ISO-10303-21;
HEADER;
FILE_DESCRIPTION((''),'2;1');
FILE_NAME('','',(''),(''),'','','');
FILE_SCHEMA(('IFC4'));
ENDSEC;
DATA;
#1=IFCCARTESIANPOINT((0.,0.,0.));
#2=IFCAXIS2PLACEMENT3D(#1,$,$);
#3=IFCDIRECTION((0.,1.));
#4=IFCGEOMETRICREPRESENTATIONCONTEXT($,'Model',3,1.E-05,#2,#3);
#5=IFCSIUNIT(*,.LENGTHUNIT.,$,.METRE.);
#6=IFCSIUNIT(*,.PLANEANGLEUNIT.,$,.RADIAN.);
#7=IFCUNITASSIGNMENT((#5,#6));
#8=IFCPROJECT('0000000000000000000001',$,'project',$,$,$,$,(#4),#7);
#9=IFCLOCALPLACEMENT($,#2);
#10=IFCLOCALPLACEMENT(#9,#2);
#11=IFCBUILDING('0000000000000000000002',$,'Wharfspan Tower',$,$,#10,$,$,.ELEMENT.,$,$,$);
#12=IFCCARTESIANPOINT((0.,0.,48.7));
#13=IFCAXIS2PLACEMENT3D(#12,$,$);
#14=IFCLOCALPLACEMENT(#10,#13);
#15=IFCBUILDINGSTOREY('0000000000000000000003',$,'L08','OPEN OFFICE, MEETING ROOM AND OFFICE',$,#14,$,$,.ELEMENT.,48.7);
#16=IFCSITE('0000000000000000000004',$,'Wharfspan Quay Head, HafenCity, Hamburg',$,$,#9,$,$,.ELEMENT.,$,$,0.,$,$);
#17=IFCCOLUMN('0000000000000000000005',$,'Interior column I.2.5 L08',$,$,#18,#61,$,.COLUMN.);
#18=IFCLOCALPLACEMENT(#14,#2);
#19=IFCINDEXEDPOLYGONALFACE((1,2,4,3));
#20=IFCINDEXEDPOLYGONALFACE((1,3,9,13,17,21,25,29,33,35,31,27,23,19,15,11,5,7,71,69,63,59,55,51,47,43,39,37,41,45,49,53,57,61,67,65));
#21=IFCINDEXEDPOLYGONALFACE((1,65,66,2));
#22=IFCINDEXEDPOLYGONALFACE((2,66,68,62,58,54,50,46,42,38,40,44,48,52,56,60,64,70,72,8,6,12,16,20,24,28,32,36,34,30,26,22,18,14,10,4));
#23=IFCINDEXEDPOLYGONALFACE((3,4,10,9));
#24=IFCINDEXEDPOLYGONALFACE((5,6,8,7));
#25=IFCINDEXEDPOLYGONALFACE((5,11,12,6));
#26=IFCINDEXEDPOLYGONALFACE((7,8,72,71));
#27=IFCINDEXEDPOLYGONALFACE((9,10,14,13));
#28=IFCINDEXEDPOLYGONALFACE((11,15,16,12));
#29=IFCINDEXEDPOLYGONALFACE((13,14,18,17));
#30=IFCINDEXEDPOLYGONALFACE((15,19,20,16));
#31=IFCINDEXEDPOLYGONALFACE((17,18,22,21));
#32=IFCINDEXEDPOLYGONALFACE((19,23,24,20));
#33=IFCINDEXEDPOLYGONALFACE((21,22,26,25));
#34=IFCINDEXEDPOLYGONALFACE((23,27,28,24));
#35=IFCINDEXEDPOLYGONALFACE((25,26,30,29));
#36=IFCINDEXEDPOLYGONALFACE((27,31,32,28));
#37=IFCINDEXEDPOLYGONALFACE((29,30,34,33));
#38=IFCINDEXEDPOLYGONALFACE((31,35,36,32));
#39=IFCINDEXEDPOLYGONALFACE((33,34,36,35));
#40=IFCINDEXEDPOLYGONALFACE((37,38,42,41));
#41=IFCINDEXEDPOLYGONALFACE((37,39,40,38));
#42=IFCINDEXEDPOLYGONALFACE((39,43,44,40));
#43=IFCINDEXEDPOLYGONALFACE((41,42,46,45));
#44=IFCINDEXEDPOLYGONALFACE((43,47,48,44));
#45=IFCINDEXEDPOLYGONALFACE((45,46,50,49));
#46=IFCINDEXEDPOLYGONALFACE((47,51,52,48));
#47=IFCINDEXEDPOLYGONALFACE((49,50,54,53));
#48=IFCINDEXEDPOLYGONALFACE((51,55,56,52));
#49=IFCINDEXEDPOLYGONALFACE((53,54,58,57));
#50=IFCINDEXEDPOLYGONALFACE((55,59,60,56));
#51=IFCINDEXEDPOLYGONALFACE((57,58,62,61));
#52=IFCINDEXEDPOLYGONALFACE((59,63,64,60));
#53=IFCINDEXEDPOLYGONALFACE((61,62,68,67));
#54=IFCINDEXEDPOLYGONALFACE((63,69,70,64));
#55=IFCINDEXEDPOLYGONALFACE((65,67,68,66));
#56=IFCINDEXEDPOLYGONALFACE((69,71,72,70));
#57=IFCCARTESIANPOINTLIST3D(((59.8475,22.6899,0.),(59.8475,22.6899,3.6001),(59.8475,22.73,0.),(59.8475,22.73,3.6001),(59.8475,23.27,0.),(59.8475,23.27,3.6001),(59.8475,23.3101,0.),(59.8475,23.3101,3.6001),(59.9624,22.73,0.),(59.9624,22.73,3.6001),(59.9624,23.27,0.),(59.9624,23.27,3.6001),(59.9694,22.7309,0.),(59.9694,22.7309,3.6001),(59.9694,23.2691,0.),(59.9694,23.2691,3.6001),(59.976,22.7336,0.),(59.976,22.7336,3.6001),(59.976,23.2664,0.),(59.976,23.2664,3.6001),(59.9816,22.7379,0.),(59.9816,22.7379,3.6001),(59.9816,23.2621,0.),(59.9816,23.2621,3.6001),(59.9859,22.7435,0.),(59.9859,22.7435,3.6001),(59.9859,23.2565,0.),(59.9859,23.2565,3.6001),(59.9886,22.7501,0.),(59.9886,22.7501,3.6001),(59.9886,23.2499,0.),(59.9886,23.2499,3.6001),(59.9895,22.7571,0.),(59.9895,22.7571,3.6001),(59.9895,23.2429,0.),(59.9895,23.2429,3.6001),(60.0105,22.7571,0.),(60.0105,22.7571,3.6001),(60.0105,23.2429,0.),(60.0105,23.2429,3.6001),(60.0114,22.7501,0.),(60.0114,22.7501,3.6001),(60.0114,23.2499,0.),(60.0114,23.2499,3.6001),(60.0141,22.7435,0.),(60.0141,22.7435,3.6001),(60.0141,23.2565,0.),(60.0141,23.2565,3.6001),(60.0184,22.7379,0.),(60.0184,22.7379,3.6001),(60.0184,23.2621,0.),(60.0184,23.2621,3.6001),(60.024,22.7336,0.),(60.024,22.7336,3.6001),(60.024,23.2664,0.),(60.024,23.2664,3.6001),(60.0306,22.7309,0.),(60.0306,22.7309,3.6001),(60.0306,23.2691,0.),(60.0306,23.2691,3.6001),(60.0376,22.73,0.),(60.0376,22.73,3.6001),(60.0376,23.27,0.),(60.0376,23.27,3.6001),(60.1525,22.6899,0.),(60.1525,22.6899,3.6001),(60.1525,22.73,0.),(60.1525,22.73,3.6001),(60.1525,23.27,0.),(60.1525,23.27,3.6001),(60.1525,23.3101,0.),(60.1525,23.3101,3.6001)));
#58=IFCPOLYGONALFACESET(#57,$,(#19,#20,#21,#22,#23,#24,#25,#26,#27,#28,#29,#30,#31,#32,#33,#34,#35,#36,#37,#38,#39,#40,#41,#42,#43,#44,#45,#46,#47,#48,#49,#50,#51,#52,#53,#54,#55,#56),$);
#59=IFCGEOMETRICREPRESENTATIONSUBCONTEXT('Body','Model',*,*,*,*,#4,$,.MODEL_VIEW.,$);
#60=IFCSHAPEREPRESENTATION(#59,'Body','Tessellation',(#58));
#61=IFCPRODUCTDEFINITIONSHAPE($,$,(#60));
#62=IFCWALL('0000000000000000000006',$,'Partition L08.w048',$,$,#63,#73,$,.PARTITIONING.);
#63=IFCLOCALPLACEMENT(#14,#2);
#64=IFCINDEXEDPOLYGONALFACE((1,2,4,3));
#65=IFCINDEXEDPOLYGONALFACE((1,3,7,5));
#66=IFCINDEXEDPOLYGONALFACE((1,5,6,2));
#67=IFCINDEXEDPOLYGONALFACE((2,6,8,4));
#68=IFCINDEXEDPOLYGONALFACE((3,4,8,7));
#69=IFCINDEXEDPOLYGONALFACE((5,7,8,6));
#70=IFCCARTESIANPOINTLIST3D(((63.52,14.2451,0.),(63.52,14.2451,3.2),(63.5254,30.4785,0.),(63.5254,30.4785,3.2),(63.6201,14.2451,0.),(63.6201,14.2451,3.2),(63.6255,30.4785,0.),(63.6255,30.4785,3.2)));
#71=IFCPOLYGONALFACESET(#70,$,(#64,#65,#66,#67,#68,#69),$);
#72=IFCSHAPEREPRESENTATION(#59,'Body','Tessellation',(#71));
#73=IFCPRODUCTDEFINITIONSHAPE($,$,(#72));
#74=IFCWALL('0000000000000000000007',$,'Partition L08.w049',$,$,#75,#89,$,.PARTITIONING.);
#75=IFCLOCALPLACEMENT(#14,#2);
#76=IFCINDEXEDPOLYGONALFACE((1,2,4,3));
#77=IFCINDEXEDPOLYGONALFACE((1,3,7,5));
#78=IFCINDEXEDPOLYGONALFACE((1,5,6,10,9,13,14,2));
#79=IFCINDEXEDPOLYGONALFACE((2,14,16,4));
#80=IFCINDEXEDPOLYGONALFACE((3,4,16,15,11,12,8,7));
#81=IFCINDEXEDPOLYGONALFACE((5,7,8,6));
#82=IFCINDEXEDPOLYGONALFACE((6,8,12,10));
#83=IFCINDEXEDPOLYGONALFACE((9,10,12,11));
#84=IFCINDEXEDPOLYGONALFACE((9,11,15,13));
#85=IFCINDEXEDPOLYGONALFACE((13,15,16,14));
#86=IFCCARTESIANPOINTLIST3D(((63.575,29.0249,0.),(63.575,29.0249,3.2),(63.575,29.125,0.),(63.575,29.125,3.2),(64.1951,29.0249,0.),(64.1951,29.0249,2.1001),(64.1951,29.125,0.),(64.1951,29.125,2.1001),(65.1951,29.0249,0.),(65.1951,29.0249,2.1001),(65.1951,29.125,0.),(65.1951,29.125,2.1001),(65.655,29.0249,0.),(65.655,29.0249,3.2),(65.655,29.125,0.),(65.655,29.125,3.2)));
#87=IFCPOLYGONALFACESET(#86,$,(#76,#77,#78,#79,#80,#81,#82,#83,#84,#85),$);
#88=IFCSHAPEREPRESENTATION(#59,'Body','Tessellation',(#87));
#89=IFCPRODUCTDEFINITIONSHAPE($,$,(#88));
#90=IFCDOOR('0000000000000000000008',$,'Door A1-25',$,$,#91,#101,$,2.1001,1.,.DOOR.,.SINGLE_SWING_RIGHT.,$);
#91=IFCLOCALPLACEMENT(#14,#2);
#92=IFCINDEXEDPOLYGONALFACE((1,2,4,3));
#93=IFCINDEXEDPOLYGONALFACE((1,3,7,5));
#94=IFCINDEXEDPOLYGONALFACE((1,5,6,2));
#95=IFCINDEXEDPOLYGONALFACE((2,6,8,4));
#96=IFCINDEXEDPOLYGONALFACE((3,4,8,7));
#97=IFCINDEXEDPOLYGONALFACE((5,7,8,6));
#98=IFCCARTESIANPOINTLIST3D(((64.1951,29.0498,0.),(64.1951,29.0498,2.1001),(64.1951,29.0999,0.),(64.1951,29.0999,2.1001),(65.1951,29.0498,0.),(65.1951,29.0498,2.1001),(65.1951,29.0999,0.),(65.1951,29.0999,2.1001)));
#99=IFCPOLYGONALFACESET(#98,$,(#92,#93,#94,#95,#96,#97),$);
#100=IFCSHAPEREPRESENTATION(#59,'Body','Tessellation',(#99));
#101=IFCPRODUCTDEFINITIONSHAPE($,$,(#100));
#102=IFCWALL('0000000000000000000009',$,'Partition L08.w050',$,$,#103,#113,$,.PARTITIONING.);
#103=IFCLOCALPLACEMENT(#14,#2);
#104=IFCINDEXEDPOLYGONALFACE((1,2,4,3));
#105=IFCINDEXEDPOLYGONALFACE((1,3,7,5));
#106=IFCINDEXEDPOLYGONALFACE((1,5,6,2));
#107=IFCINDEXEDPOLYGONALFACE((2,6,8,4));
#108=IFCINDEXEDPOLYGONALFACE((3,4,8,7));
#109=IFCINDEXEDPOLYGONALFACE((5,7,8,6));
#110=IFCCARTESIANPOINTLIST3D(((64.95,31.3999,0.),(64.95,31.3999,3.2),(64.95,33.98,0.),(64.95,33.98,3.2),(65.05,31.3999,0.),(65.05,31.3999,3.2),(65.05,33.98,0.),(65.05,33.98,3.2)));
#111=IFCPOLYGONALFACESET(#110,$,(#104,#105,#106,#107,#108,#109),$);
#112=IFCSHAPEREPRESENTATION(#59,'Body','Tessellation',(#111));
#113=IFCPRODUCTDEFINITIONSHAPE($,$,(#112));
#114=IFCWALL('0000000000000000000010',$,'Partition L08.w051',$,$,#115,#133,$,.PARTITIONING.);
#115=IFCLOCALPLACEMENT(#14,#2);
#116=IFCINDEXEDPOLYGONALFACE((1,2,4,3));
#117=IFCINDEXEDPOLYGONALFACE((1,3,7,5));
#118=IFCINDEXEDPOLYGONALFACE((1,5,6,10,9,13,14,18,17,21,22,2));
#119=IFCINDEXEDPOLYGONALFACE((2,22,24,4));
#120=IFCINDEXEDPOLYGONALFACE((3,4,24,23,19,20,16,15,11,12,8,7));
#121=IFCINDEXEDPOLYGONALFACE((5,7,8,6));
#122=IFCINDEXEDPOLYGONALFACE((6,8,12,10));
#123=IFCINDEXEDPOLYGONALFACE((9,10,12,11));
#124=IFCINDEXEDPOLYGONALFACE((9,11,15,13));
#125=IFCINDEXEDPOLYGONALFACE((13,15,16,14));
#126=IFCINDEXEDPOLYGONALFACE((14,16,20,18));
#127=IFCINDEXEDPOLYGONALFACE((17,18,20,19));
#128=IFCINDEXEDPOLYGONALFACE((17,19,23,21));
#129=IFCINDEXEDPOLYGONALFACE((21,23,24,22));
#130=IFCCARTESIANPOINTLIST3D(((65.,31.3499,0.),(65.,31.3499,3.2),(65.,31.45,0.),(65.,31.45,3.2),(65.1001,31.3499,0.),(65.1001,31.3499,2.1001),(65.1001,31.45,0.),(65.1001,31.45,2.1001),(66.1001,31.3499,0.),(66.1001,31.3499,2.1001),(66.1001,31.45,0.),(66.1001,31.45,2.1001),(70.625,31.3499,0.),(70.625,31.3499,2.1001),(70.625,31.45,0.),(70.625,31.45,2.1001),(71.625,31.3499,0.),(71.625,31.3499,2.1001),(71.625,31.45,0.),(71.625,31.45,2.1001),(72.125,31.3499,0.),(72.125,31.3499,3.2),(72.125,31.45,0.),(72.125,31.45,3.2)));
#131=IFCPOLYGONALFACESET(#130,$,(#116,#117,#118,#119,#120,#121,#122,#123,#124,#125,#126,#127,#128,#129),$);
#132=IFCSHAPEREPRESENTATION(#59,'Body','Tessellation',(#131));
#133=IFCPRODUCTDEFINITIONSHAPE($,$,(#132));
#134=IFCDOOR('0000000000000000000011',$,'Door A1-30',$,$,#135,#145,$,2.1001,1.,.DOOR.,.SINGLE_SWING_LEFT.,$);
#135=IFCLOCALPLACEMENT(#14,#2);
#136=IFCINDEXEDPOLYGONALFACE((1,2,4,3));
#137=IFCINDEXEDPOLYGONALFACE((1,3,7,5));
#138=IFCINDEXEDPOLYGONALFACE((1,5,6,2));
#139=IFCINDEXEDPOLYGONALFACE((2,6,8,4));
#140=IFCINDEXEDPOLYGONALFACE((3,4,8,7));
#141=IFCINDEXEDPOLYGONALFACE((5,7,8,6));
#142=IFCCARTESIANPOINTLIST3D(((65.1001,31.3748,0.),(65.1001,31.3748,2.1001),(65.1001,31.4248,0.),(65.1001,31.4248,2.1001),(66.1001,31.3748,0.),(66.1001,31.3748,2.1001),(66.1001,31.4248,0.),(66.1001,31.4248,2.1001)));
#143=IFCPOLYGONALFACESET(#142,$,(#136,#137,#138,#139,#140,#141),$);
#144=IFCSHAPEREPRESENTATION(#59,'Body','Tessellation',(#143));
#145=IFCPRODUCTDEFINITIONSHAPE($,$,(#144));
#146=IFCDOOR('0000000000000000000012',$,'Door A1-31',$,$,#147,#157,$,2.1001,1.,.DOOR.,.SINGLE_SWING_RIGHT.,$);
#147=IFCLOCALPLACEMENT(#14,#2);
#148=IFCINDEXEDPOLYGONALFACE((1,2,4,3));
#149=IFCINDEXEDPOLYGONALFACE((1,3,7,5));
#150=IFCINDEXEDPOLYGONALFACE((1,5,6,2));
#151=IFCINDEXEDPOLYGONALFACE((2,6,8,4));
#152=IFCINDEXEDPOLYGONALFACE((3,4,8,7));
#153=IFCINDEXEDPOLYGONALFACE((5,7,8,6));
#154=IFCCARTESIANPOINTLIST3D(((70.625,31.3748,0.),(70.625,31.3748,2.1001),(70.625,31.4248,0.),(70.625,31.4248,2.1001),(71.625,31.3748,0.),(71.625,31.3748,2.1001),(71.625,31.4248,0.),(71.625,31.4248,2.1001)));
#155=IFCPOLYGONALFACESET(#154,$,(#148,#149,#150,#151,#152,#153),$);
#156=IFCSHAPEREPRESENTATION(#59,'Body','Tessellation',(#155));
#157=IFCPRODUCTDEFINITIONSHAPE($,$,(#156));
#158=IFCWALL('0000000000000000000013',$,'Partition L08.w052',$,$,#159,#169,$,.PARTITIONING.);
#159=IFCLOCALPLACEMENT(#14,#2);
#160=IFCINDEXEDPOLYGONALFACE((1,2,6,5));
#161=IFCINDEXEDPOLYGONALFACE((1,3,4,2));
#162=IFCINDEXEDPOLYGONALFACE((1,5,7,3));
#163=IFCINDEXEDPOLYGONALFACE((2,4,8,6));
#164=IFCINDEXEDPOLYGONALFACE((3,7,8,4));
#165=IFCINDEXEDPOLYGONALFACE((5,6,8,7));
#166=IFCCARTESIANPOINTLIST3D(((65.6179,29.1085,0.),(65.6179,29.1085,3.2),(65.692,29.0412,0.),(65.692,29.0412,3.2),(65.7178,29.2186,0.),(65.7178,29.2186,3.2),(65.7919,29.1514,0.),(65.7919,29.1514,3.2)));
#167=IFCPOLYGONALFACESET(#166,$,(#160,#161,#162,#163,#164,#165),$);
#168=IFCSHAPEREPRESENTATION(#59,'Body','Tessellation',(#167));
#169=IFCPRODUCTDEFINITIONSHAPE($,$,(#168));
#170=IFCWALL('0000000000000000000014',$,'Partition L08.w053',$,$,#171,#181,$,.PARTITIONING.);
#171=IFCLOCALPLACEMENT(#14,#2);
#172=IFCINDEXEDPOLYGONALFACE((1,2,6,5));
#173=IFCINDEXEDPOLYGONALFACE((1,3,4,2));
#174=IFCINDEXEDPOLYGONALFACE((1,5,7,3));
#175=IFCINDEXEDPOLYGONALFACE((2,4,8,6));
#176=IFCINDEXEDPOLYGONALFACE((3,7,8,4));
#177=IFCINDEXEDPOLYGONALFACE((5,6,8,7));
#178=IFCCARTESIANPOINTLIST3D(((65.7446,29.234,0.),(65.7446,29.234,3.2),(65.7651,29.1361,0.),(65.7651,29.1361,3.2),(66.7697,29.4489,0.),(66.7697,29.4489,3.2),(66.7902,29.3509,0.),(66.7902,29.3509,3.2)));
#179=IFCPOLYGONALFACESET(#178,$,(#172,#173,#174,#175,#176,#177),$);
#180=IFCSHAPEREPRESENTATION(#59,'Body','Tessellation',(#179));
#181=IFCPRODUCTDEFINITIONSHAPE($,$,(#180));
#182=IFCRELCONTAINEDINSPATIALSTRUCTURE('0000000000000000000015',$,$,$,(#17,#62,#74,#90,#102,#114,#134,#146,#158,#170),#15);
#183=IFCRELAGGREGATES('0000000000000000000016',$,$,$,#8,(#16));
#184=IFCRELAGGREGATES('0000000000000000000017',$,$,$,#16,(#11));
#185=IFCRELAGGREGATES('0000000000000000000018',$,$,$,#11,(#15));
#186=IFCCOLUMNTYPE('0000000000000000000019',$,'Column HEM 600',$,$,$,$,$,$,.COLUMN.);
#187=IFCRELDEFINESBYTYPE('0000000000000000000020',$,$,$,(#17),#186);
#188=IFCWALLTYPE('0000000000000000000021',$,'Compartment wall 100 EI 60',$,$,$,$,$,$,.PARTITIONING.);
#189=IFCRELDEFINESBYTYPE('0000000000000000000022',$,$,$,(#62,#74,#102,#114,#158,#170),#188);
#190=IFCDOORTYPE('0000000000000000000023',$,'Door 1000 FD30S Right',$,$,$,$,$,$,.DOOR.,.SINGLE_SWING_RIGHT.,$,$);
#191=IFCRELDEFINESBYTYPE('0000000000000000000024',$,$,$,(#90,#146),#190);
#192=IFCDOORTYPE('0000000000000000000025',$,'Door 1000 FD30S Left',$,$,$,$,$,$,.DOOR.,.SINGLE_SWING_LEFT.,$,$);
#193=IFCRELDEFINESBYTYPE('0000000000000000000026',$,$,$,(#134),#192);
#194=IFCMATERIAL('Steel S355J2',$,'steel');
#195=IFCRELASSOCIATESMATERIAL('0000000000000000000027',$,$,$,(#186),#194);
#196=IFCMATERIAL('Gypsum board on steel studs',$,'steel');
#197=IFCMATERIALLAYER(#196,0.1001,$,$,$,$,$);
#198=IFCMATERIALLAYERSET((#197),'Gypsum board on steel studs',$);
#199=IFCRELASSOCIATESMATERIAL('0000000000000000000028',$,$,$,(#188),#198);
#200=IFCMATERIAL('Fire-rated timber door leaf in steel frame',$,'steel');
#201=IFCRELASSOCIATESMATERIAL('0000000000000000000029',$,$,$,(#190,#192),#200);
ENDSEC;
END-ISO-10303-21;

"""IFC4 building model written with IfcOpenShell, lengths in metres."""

from ifc_helpers import new_model, si_unit, direction, frame, frame_2d, origin, origin_2d, place, context, subcontext, project, spatial, rectangle, i_section, extrude, material, layer, layer_set, material_profile, profile_set, type_object, element, fill, save


model = new_model("IFC4")

# Units and contexts
model_context = context("Model", 3, precision=1e-05, world=origin(), true_north=direction((0.0, 1.0)))
body_context = subcontext(model_context, "Body", "Model", "MODEL_VIEW")
ifc_project = project(units=[si_unit("LENGTHUNIT", "METRE"), si_unit("PLANEANGLEUNIT", "RADIAN")], contexts=[model_context])

# Site, building, storey
site_placement = place(None, origin())
site = spatial("IfcSite", under=ifc_project, at=site_placement, Name="Wharfspan Quay Head, HafenCity, Hamburg", CompositionType="ELEMENT", RefElevation=0.0)
building_placement = place(site_placement, origin())
building = spatial("IfcBuilding", under=site, at=building_placement, Name="Wharfspan Tower", CompositionType="ELEMENT")
storey_placement = place(building_placement, frame((0.0, 0.0, 48.7)))
storey = spatial("IfcBuildingStorey", under=building, at=storey_placement, Name="L08", Description="OPEN OFFICE, MEETING ROOM AND OFFICE", CompositionType="ELEMENT", Elevation=48.7)

# Column
ifc_material_1 = material(Name="Steel S355J2", Category="steel")
ifc_material_profile = material_profile(ifc_material_1, i_section(OverallWidth=0.3049, OverallDepth=0.6201, WebThickness=0.021, FlangeThickness=0.04, FilletRadius=0.0271, at=origin_2d()))
ifc_profile_set = profile_set([ifc_material_profile], Name="Steel S355J2")
column_type = type_object("IfcColumnType", Name="Column HEM 600", PredefinedType="COLUMN", material=ifc_profile_set)
column_placement = place(storey_placement, frame((60.0, 23.0, 0.0), z_axis=(0.0, 0.0, 1.0), x_axis=(1.0, 0.0, 0.0)))
element("IfcColumn", 1, at=column_placement, inside=storey, type_object=column_type, Name="Interior column I.2.5 L08", PredefinedType="COLUMN", context=body_context, shape_type="SweptSolid", body=[
    extrude(i_section(OverallWidth=0.3049, OverallDepth=0.6201, WebThickness=0.021, FlangeThickness=0.04, FilletRadius=0.0271, at=origin_2d()), origin(), (0.0, 0.0, 1.0), 3.6001),
])

# Wall
ifc_material_2 = material(Name="Gypsum board on steel studs", Category="steel")
ifc_layer_1 = layer(ifc_material_2, 0.1001)
ifc_layer_set_1 = layer_set([ifc_layer_1], Name="Gypsum board on steel studs")
wall_type_1 = type_object("IfcWallType", Name="Compartment wall 100 EI 60", PredefinedType="PARTITIONING", material=ifc_layer_set_1)
wall_1_placement = place(storey_placement, frame((63.5701, 14.2451, 0.0), z_axis=(0.0, 0.0, 1.0), x_axis=(0.000331, 1.000002, 0.0)))
element("IfcWall", 2, at=wall_1_placement, inside=storey, type_object=wall_type_1, Name="Partition L08.w048", PredefinedType="PARTITIONING", context=body_context, shape_type="SweptSolid", body=[
    extrude(rectangle(XDim=16.2334, YDim=0.1001, at=frame_2d((8.1167, 0.0))), origin(), (0.0, 0.0, 1.0), 3.2),
])

# Wall, opening, door
wall_2_placement = place(storey_placement, frame((63.575, 29.075, 0.0), z_axis=(0.0, 0.0, 1.0), x_axis=(1.0, 0.0, 0.0)))
wall_2 = element("IfcWall", 3, at=wall_2_placement, inside=storey, type_object=wall_type_1, Name="Partition L08.w049", PredefinedType="PARTITIONING", context=body_context, shape_type="SweptSolid", body=[
    extrude(rectangle(XDim=2.0801, YDim=0.1001, at=frame_2d((1.04, 0.0))), origin(), (0.0, 0.0, 1.0), 3.2),
])
opening_1_placement = place(wall_2_placement, frame((0.6201, 0.0, 0.0)))
opening_1 = element("IfcOpeningElement", 4, at=opening_1_placement, cuts=wall_2, PredefinedType="OPENING", context=body_context, shape_type="SweptSolid", body=[
    extrude(rectangle(XDim=1.0, YDim=2.1001, at=frame_2d((0.5, 1.05))), frame((0.0, 0.0601, 0.0), z_axis=(0.0, -1.0, 0.0), x_axis=(1.0, 0.0, 0.0)), (0.0, 0.0, 1.0), 0.1201),
])
ifc_material_3 = material(Name="Fire-rated timber door leaf in steel frame", Category="steel")
door_type_1 = type_object("IfcDoorType", Name="Door 1000 FD30S Right", OperationType="SINGLE_SWING_RIGHT", PredefinedType="DOOR", material=ifc_material_3)
door_1_placement = place(opening_1_placement, origin())
door_1 = element("IfcDoor", 5, at=door_1_placement, inside=storey, type_object=door_type_1, Name="Door A1-25", OperationType="SINGLE_SWING_RIGHT", OverallHeight=2.1001, OverallWidth=1.0, PredefinedType="DOOR", context=body_context, shape_type="SweptSolid", body=[
    extrude(rectangle(XDim=1.0, YDim=2.1001, at=frame_2d((0.5, 1.05))), frame((0.0, 0.0249, 0.0), z_axis=(0.0, -1.0, 0.0), x_axis=(1.0, 0.0, 0.0)), (0.0, 0.0, 1.0), 0.05),
])
fill(opening_1, door_1)

# Wall
wall_3_placement = place(storey_placement, frame((65.0, 31.3999, 0.0), z_axis=(0.0, 0.0, 1.0), x_axis=(0.0, 1.0, 0.0)))
element("IfcWall", 6, at=wall_3_placement, inside=storey, type_object=wall_type_1, Name="Partition L08.w050", PredefinedType="PARTITIONING", context=body_context, shape_type="SweptSolid", body=[
    extrude(rectangle(XDim=2.5801, YDim=0.1001, at=frame_2d((1.29, 0.0))), origin(), (0.0, 0.0, 1.0), 3.2),
])

# Wall, openings, doors
wall_4_placement = place(storey_placement, frame((65.0, 31.3999, 0.0), z_axis=(0.0, 0.0, 1.0), x_axis=(1.0, 0.0, 0.0)))
wall_4 = element("IfcWall", 7, at=wall_4_placement, inside=storey, type_object=wall_type_1, Name="Partition L08.w051", PredefinedType="PARTITIONING", context=body_context, shape_type="SweptSolid", body=[
    extrude(rectangle(XDim=7.125, YDim=0.1001, at=frame_2d((3.5625, 0.0))), origin(), (0.0, 0.0, 1.0), 3.2),
])
opening_2_placement = place(wall_4_placement, frame((0.1001, 0.0, 0.0)))
opening_2 = element("IfcOpeningElement", 8, at=opening_2_placement, cuts=wall_4, PredefinedType="OPENING", context=body_context, shape_type="SweptSolid", body=[
    extrude(rectangle(XDim=1.0, YDim=2.1001, at=frame_2d((0.5, 1.05))), frame((0.0, 0.0601, 0.0), z_axis=(0.0, -1.0, 0.0), x_axis=(1.0, 0.0, 0.0)), (0.0, 0.0, 1.0), 0.1201),
])
opening_3_placement = place(wall_4_placement, frame((5.625, 0.0, 0.0)))
opening_3 = element("IfcOpeningElement", 9, at=opening_3_placement, cuts=wall_4, PredefinedType="OPENING", context=body_context, shape_type="SweptSolid", body=[
    extrude(rectangle(XDim=1.0, YDim=2.1001, at=frame_2d((0.5, 1.05))), frame((0.0, 0.0601, 0.0), z_axis=(0.0, -1.0, 0.0), x_axis=(1.0, 0.0, 0.0)), (0.0, 0.0, 1.0), 0.1201),
])
door_type_2 = type_object("IfcDoorType", Name="Door 1000 FD30S Left", OperationType="SINGLE_SWING_LEFT", PredefinedType="DOOR", material=ifc_material_3)
door_2_placement = place(opening_2_placement, origin())
door_2 = element("IfcDoor", 10, at=door_2_placement, inside=storey, type_object=door_type_2, Name="Door A1-30", OperationType="SINGLE_SWING_LEFT", OverallHeight=2.1001, OverallWidth=1.0, PredefinedType="DOOR", context=body_context, shape_type="SweptSolid", body=[
    extrude(rectangle(XDim=1.0, YDim=2.1001, at=frame_2d((0.5, 1.05))), frame((0.0, 0.0249, 0.0), z_axis=(0.0, -1.0, 0.0), x_axis=(1.0, 0.0, 0.0)), (0.0, 0.0, 1.0), 0.05),
])
fill(opening_2, door_2)
door_3_placement = place(opening_3_placement, origin())
door_3 = element("IfcDoor", 11, at=door_3_placement, inside=storey, type_object=door_type_1, Name="Door A1-31", OperationType="SINGLE_SWING_RIGHT", OverallHeight=2.1001, OverallWidth=1.0, PredefinedType="DOOR", context=body_context, shape_type="SweptSolid", body=[
    extrude(rectangle(XDim=1.0, YDim=2.1001, at=frame_2d((0.5, 1.05))), frame((0.0, 0.0249, 0.0), z_axis=(0.0, -1.0, 0.0), x_axis=(1.0, 0.0, 0.0)), (0.0, 0.0, 1.0), 0.05),
])
fill(opening_3, door_3)

# Walls
wall_5_placement = place(storey_placement, frame((65.655, 29.075, 0.0), z_axis=(0.0, 0.0, 1.0), x_axis=(0.671773, 0.740757, 0.0)))
element("IfcWall", 12, at=wall_5_placement, inside=storey, type_object=wall_type_1, Name="Partition L08.w052", PredefinedType="PARTITIONING", context=body_context, shape_type="SweptSolid", body=[
    extrude(rectangle(XDim=0.1487, YDim=0.1001, at=frame_2d((0.0742, 0.0))), origin(), (0.0, 0.0, 1.0), 3.2),
])
wall_6_placement = place(storey_placement, frame((65.7549, 29.1851, 0.0), z_axis=(0.0, 0.0, 1.0), x_axis=(0.978739, 0.205118, 0.0)))
element("IfcWall", 13, at=wall_6_placement, inside=storey, type_object=wall_type_1, Name="Partition L08.w053", PredefinedType="PARTITIONING", context=body_context, shape_type="SweptSolid", body=[
    extrude(rectangle(XDim=1.0474, YDim=0.1001, at=frame_2d((0.5237, 0.0))), origin(), (0.0, 0.0, 1.0), 3.2),
])

save(model, "model.ifc")
